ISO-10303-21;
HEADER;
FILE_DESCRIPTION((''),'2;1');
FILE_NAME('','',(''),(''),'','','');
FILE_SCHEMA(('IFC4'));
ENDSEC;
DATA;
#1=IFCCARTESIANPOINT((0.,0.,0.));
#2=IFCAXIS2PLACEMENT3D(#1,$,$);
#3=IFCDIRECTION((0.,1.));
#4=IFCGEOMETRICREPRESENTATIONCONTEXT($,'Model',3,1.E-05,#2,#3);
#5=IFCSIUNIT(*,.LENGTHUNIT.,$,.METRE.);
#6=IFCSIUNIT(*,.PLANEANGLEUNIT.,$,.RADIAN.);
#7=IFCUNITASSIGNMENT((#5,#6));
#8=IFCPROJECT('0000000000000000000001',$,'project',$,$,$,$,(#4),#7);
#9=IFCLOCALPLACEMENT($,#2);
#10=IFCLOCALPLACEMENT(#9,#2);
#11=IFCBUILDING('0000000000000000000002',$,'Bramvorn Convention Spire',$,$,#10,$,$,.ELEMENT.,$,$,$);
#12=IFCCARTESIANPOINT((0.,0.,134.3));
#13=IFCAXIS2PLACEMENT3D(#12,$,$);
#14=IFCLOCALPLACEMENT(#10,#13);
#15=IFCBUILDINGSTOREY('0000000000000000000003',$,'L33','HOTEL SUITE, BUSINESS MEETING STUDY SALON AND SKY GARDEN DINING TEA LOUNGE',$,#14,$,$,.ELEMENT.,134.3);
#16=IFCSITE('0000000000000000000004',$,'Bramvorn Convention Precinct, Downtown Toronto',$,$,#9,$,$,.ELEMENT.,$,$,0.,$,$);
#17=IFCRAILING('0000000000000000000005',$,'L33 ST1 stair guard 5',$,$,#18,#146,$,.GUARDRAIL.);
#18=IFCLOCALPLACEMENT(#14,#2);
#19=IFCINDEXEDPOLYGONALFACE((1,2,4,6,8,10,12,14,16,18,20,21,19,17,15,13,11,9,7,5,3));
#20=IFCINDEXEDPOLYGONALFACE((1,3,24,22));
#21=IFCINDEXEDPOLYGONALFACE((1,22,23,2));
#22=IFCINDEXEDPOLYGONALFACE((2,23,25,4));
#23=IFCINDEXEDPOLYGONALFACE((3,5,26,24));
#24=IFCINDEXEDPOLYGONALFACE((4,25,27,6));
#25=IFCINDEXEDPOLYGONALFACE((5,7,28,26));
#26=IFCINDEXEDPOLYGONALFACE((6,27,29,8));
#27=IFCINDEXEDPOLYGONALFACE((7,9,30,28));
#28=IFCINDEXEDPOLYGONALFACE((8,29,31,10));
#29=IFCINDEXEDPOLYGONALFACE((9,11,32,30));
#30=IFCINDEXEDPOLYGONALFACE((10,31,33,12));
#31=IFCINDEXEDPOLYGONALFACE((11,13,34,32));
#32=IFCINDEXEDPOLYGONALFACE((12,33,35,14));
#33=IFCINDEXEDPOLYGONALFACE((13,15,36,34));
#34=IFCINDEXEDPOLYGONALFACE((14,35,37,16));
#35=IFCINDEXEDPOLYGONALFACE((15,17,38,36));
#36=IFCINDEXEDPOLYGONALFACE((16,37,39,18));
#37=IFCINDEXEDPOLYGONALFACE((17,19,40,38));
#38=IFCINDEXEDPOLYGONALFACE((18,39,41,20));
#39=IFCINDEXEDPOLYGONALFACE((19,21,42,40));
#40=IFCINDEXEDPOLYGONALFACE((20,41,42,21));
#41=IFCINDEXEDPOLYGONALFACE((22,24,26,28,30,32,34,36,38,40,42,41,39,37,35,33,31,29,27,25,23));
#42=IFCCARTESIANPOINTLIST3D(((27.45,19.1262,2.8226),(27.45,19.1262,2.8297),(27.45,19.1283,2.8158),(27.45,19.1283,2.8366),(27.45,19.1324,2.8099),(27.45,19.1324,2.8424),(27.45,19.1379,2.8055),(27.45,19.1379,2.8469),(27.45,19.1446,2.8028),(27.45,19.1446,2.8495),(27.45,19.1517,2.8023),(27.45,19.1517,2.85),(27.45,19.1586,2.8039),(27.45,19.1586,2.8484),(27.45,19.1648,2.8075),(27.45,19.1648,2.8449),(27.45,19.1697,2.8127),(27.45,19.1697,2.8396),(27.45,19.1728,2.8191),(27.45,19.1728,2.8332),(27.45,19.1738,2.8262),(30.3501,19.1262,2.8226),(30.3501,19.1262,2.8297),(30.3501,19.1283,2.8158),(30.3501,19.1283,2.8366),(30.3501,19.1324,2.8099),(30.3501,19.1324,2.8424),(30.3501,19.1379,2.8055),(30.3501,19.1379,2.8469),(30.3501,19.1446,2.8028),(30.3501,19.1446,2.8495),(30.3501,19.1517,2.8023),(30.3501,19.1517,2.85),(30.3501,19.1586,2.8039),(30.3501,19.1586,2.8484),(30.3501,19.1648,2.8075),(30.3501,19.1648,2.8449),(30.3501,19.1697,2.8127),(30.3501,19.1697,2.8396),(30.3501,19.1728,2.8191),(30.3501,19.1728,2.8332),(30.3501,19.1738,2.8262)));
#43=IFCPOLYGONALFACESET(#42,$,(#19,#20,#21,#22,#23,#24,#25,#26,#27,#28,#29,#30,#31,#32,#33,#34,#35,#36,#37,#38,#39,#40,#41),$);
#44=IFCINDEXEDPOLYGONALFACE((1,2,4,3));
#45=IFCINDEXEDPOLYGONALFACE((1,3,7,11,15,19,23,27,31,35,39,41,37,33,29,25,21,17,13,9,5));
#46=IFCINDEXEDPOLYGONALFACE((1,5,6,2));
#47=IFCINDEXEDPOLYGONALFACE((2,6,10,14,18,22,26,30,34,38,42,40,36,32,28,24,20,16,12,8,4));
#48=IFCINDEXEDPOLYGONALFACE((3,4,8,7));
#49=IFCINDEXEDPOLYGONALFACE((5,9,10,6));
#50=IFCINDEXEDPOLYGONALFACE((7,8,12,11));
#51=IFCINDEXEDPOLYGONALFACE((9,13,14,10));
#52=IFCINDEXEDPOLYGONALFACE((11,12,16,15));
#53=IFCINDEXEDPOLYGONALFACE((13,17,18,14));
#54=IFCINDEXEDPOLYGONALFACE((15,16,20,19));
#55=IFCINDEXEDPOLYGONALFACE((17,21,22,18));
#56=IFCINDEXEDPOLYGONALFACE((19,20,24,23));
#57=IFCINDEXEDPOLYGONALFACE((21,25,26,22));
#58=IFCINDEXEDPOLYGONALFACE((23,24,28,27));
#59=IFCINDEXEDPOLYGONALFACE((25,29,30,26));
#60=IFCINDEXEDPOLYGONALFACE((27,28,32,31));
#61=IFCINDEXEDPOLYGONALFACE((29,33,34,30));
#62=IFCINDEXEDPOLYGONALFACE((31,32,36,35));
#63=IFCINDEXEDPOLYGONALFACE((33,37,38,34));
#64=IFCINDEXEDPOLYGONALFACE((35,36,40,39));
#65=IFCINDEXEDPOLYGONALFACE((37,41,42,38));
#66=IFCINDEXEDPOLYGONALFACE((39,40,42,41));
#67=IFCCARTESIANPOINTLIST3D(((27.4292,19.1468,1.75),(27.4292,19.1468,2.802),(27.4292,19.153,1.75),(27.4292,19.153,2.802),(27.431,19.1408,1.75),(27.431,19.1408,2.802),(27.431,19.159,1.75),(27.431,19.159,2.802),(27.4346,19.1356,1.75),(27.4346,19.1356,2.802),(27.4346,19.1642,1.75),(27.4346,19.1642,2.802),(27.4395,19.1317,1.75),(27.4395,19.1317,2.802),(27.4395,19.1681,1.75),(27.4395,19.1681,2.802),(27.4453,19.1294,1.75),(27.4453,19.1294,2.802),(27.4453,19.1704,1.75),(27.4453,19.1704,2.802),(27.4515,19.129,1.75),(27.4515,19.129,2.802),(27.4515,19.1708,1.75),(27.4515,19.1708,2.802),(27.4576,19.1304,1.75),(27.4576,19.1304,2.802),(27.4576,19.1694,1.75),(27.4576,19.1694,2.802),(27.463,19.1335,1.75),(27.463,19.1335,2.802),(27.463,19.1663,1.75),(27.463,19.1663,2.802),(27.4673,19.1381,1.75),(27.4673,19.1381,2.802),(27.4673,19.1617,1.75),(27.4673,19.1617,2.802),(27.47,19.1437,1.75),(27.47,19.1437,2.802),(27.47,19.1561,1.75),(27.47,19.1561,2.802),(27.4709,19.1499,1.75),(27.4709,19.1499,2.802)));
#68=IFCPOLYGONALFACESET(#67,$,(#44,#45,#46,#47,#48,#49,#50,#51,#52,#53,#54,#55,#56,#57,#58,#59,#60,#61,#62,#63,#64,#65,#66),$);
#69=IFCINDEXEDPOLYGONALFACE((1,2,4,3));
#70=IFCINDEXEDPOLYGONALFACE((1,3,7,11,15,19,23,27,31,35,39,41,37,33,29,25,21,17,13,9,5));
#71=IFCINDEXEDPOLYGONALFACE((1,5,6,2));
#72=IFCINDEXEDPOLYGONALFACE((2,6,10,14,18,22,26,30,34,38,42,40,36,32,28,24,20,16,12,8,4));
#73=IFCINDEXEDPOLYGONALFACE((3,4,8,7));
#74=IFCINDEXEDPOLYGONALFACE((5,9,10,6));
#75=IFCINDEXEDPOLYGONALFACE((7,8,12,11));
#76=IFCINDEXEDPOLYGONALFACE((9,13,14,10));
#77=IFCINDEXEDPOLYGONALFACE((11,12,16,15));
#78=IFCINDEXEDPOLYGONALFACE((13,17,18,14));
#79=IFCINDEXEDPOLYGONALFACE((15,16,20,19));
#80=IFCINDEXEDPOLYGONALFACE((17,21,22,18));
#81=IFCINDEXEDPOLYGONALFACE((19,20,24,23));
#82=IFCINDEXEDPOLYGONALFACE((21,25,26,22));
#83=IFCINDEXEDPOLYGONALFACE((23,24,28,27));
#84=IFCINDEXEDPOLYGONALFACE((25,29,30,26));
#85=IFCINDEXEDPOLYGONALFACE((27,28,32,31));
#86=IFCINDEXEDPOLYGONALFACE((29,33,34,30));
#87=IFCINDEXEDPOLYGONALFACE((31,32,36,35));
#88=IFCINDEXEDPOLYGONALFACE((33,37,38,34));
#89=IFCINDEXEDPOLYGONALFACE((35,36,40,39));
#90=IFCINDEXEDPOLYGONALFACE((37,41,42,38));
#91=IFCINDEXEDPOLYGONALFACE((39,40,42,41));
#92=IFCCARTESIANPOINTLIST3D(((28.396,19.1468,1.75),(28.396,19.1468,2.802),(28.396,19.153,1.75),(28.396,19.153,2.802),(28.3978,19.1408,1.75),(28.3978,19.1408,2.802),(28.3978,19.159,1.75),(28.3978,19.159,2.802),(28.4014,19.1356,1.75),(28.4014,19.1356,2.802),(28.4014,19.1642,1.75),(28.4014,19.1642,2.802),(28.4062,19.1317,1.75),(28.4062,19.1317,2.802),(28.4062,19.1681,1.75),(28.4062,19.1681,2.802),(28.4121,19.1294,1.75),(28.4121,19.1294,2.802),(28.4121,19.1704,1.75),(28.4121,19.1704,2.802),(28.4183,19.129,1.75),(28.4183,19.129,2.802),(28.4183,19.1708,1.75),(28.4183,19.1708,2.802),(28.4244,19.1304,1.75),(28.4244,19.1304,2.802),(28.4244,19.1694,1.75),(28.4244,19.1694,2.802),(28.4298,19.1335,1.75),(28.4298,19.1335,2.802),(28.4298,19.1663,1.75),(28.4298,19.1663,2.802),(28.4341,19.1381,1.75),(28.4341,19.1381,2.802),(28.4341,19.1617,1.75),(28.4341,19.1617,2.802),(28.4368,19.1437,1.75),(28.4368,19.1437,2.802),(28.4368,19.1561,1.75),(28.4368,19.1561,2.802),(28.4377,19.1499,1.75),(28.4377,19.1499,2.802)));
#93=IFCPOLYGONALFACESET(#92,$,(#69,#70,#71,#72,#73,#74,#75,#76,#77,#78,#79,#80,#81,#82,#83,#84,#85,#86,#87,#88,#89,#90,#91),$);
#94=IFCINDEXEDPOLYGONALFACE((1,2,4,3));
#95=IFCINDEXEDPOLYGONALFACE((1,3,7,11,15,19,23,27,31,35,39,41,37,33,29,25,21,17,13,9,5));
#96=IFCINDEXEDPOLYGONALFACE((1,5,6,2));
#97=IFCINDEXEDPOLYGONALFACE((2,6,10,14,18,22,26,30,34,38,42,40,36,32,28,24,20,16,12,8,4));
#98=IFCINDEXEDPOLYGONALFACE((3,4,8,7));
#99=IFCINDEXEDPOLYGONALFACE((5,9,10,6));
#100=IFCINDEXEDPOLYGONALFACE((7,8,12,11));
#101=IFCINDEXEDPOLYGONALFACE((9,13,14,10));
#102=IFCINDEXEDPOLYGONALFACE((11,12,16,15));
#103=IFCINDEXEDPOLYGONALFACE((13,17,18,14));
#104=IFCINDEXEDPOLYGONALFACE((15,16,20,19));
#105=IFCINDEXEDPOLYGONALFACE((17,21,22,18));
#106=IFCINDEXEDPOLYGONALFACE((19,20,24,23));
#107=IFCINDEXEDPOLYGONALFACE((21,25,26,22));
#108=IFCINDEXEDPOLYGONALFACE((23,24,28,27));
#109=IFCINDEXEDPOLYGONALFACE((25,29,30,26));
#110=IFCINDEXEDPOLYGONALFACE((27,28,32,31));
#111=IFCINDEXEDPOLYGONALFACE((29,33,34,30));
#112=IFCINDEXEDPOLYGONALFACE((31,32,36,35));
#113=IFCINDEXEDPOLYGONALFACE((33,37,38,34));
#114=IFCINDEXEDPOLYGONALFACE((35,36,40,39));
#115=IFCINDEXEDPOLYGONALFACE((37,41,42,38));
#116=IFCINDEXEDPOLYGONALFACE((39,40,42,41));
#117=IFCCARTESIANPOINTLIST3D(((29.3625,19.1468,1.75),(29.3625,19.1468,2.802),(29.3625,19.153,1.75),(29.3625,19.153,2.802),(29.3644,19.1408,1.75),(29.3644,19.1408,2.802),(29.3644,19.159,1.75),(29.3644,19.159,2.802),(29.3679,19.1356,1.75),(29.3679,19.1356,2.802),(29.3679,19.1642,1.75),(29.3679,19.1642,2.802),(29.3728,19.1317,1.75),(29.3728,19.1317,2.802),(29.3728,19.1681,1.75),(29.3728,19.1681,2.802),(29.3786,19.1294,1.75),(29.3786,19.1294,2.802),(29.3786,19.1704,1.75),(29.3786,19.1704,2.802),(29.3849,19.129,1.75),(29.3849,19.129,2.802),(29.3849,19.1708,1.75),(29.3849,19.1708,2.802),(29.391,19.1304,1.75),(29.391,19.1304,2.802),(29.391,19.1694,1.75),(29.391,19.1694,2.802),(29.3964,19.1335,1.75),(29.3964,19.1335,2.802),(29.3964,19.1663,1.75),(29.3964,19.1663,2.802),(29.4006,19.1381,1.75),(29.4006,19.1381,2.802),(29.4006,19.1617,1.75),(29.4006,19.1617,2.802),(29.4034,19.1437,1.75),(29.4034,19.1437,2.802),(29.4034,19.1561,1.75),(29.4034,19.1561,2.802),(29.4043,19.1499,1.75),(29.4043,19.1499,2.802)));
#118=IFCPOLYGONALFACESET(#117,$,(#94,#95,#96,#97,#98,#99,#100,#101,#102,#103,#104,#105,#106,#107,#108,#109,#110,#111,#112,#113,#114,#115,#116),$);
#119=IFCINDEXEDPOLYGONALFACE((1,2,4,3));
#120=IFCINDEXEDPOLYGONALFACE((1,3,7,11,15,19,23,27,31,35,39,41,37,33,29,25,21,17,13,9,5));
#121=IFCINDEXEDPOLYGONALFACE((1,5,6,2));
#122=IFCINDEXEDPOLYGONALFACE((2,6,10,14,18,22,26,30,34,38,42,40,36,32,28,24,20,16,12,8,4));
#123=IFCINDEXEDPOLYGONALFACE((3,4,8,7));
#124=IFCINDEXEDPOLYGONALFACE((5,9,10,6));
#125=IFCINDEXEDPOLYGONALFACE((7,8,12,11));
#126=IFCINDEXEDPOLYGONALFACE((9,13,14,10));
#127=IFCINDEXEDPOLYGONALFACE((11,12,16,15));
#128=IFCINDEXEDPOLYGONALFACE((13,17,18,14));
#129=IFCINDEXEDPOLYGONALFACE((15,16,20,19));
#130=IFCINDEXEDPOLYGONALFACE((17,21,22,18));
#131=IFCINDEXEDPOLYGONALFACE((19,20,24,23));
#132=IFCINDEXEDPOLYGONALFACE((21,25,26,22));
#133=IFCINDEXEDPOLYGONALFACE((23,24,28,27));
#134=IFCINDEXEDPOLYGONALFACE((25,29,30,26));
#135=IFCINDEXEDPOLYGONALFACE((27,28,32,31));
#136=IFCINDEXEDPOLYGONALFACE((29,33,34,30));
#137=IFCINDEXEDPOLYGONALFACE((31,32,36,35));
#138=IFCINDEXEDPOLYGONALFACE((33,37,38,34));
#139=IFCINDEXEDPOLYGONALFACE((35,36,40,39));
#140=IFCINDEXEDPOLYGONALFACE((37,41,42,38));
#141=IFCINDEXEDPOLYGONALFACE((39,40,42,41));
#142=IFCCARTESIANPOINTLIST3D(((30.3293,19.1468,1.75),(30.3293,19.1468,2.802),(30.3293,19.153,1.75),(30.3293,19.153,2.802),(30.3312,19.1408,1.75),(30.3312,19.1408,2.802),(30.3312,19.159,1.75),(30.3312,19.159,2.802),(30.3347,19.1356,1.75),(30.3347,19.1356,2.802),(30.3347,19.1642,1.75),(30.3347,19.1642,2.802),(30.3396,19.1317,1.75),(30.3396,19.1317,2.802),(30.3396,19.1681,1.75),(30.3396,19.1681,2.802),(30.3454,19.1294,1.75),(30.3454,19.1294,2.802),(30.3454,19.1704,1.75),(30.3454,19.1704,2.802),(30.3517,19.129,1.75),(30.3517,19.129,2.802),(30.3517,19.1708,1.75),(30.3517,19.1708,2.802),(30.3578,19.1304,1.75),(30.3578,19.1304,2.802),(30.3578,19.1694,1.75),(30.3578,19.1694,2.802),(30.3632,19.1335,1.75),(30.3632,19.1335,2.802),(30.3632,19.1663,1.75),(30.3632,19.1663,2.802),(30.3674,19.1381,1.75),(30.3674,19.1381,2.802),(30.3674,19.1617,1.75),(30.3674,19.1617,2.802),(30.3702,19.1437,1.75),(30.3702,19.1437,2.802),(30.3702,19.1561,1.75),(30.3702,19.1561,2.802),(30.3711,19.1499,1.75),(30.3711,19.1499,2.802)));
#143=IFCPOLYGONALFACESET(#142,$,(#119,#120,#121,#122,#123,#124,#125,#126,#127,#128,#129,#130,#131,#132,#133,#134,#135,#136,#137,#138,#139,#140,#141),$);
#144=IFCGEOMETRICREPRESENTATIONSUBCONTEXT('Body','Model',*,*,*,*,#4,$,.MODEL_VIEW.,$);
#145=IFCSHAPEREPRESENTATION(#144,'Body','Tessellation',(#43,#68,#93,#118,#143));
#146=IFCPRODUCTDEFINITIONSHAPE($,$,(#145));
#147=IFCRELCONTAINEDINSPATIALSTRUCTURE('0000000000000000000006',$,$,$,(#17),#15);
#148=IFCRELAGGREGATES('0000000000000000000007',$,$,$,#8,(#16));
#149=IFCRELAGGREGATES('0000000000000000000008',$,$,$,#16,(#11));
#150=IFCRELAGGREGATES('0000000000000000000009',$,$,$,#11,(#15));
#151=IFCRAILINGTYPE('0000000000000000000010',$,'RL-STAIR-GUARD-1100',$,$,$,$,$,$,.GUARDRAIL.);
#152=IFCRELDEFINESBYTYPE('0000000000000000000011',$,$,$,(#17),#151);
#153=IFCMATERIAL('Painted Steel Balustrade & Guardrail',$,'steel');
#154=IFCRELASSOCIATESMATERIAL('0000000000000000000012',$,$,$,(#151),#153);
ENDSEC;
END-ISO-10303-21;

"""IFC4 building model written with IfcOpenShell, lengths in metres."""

from ifc_helpers import new_model, si_unit, direction, frame, origin, origin_2d, place, context, subcontext, project, spatial, circle, extrude, material, type_object, element, save


model = new_model("IFC4")

# Units and contexts
model_context = context("Model", 3, precision=1e-05, world=origin(), true_north=direction((0.0, 1.0)))
body_context = subcontext(model_context, "Body", "Model", "MODEL_VIEW")
ifc_project = project(units=[si_unit("LENGTHUNIT", "METRE"), si_unit("PLANEANGLEUNIT", "RADIAN")], contexts=[model_context])

# Site, building, storey
site_placement = place(None, origin())
site = spatial("IfcSite", under=ifc_project, at=site_placement, Name="Bramvorn Convention Precinct, Downtown Toronto", CompositionType="ELEMENT", RefElevation=0.0)
building_placement = place(site_placement, origin())
building = spatial("IfcBuilding", under=site, at=building_placement, Name="Bramvorn Convention Spire", CompositionType="ELEMENT")
storey_placement = place(building_placement, frame((0.0, 0.0, 134.3)))
storey = spatial("IfcBuildingStorey", under=building, at=storey_placement, Name="L33", Description="HOTEL SUITE, BUSINESS MEETING STUDY SALON AND SKY GARDEN DINING TEA LOUNGE", CompositionType="ELEMENT", Elevation=134.3)

# Railing
ifc_material_1 = material(Name="Painted Steel Balustrade & Guardrail", Category="steel")
railing_type = type_object("IfcRailingType", Name="RL-STAIR-GUARD-1100", PredefinedType="GUARDRAIL", material=ifc_material_1)
railing_1_placement = place(storey_placement, frame((27.45, 19.1499, 1.75)))
element("IfcRailing", 1, at=railing_1_placement, inside=storey, type_object=railing_type, Name="L33 ST1 stair guard 5", PredefinedType="GUARDRAIL", context=body_context, shape_type="SweptSolid", body=[
    extrude(circle(Radius=0.0239, at=origin_2d()), frame((0.0, 0.0, 1.0762), z_axis=(1.0, 0.0, 0.0), x_axis=(0.0, 1.0, 0.0)), (0.0, 0.0, 1.0), 2.9001),
    extrude(circle(Radius=0.021, at=origin_2d()), origin(), (0.0, 0.0, 1.0), 1.052),
    extrude(circle(Radius=0.021, at=origin_2d()), frame((0.9668, 0.0, 0.0)), (0.0, 0.0, 1.0), 1.052),
    extrude(circle(Radius=0.021, at=origin_2d()), frame((1.9333, 0.0, 0.0)), (0.0, 0.0, 1.0), 1.052),
    extrude(circle(Radius=0.021, at=origin_2d()), frame((2.9001, 0.0, 0.0)), (0.0, 0.0, 1.0), 1.052),
])

save(model, "model.ifc")
